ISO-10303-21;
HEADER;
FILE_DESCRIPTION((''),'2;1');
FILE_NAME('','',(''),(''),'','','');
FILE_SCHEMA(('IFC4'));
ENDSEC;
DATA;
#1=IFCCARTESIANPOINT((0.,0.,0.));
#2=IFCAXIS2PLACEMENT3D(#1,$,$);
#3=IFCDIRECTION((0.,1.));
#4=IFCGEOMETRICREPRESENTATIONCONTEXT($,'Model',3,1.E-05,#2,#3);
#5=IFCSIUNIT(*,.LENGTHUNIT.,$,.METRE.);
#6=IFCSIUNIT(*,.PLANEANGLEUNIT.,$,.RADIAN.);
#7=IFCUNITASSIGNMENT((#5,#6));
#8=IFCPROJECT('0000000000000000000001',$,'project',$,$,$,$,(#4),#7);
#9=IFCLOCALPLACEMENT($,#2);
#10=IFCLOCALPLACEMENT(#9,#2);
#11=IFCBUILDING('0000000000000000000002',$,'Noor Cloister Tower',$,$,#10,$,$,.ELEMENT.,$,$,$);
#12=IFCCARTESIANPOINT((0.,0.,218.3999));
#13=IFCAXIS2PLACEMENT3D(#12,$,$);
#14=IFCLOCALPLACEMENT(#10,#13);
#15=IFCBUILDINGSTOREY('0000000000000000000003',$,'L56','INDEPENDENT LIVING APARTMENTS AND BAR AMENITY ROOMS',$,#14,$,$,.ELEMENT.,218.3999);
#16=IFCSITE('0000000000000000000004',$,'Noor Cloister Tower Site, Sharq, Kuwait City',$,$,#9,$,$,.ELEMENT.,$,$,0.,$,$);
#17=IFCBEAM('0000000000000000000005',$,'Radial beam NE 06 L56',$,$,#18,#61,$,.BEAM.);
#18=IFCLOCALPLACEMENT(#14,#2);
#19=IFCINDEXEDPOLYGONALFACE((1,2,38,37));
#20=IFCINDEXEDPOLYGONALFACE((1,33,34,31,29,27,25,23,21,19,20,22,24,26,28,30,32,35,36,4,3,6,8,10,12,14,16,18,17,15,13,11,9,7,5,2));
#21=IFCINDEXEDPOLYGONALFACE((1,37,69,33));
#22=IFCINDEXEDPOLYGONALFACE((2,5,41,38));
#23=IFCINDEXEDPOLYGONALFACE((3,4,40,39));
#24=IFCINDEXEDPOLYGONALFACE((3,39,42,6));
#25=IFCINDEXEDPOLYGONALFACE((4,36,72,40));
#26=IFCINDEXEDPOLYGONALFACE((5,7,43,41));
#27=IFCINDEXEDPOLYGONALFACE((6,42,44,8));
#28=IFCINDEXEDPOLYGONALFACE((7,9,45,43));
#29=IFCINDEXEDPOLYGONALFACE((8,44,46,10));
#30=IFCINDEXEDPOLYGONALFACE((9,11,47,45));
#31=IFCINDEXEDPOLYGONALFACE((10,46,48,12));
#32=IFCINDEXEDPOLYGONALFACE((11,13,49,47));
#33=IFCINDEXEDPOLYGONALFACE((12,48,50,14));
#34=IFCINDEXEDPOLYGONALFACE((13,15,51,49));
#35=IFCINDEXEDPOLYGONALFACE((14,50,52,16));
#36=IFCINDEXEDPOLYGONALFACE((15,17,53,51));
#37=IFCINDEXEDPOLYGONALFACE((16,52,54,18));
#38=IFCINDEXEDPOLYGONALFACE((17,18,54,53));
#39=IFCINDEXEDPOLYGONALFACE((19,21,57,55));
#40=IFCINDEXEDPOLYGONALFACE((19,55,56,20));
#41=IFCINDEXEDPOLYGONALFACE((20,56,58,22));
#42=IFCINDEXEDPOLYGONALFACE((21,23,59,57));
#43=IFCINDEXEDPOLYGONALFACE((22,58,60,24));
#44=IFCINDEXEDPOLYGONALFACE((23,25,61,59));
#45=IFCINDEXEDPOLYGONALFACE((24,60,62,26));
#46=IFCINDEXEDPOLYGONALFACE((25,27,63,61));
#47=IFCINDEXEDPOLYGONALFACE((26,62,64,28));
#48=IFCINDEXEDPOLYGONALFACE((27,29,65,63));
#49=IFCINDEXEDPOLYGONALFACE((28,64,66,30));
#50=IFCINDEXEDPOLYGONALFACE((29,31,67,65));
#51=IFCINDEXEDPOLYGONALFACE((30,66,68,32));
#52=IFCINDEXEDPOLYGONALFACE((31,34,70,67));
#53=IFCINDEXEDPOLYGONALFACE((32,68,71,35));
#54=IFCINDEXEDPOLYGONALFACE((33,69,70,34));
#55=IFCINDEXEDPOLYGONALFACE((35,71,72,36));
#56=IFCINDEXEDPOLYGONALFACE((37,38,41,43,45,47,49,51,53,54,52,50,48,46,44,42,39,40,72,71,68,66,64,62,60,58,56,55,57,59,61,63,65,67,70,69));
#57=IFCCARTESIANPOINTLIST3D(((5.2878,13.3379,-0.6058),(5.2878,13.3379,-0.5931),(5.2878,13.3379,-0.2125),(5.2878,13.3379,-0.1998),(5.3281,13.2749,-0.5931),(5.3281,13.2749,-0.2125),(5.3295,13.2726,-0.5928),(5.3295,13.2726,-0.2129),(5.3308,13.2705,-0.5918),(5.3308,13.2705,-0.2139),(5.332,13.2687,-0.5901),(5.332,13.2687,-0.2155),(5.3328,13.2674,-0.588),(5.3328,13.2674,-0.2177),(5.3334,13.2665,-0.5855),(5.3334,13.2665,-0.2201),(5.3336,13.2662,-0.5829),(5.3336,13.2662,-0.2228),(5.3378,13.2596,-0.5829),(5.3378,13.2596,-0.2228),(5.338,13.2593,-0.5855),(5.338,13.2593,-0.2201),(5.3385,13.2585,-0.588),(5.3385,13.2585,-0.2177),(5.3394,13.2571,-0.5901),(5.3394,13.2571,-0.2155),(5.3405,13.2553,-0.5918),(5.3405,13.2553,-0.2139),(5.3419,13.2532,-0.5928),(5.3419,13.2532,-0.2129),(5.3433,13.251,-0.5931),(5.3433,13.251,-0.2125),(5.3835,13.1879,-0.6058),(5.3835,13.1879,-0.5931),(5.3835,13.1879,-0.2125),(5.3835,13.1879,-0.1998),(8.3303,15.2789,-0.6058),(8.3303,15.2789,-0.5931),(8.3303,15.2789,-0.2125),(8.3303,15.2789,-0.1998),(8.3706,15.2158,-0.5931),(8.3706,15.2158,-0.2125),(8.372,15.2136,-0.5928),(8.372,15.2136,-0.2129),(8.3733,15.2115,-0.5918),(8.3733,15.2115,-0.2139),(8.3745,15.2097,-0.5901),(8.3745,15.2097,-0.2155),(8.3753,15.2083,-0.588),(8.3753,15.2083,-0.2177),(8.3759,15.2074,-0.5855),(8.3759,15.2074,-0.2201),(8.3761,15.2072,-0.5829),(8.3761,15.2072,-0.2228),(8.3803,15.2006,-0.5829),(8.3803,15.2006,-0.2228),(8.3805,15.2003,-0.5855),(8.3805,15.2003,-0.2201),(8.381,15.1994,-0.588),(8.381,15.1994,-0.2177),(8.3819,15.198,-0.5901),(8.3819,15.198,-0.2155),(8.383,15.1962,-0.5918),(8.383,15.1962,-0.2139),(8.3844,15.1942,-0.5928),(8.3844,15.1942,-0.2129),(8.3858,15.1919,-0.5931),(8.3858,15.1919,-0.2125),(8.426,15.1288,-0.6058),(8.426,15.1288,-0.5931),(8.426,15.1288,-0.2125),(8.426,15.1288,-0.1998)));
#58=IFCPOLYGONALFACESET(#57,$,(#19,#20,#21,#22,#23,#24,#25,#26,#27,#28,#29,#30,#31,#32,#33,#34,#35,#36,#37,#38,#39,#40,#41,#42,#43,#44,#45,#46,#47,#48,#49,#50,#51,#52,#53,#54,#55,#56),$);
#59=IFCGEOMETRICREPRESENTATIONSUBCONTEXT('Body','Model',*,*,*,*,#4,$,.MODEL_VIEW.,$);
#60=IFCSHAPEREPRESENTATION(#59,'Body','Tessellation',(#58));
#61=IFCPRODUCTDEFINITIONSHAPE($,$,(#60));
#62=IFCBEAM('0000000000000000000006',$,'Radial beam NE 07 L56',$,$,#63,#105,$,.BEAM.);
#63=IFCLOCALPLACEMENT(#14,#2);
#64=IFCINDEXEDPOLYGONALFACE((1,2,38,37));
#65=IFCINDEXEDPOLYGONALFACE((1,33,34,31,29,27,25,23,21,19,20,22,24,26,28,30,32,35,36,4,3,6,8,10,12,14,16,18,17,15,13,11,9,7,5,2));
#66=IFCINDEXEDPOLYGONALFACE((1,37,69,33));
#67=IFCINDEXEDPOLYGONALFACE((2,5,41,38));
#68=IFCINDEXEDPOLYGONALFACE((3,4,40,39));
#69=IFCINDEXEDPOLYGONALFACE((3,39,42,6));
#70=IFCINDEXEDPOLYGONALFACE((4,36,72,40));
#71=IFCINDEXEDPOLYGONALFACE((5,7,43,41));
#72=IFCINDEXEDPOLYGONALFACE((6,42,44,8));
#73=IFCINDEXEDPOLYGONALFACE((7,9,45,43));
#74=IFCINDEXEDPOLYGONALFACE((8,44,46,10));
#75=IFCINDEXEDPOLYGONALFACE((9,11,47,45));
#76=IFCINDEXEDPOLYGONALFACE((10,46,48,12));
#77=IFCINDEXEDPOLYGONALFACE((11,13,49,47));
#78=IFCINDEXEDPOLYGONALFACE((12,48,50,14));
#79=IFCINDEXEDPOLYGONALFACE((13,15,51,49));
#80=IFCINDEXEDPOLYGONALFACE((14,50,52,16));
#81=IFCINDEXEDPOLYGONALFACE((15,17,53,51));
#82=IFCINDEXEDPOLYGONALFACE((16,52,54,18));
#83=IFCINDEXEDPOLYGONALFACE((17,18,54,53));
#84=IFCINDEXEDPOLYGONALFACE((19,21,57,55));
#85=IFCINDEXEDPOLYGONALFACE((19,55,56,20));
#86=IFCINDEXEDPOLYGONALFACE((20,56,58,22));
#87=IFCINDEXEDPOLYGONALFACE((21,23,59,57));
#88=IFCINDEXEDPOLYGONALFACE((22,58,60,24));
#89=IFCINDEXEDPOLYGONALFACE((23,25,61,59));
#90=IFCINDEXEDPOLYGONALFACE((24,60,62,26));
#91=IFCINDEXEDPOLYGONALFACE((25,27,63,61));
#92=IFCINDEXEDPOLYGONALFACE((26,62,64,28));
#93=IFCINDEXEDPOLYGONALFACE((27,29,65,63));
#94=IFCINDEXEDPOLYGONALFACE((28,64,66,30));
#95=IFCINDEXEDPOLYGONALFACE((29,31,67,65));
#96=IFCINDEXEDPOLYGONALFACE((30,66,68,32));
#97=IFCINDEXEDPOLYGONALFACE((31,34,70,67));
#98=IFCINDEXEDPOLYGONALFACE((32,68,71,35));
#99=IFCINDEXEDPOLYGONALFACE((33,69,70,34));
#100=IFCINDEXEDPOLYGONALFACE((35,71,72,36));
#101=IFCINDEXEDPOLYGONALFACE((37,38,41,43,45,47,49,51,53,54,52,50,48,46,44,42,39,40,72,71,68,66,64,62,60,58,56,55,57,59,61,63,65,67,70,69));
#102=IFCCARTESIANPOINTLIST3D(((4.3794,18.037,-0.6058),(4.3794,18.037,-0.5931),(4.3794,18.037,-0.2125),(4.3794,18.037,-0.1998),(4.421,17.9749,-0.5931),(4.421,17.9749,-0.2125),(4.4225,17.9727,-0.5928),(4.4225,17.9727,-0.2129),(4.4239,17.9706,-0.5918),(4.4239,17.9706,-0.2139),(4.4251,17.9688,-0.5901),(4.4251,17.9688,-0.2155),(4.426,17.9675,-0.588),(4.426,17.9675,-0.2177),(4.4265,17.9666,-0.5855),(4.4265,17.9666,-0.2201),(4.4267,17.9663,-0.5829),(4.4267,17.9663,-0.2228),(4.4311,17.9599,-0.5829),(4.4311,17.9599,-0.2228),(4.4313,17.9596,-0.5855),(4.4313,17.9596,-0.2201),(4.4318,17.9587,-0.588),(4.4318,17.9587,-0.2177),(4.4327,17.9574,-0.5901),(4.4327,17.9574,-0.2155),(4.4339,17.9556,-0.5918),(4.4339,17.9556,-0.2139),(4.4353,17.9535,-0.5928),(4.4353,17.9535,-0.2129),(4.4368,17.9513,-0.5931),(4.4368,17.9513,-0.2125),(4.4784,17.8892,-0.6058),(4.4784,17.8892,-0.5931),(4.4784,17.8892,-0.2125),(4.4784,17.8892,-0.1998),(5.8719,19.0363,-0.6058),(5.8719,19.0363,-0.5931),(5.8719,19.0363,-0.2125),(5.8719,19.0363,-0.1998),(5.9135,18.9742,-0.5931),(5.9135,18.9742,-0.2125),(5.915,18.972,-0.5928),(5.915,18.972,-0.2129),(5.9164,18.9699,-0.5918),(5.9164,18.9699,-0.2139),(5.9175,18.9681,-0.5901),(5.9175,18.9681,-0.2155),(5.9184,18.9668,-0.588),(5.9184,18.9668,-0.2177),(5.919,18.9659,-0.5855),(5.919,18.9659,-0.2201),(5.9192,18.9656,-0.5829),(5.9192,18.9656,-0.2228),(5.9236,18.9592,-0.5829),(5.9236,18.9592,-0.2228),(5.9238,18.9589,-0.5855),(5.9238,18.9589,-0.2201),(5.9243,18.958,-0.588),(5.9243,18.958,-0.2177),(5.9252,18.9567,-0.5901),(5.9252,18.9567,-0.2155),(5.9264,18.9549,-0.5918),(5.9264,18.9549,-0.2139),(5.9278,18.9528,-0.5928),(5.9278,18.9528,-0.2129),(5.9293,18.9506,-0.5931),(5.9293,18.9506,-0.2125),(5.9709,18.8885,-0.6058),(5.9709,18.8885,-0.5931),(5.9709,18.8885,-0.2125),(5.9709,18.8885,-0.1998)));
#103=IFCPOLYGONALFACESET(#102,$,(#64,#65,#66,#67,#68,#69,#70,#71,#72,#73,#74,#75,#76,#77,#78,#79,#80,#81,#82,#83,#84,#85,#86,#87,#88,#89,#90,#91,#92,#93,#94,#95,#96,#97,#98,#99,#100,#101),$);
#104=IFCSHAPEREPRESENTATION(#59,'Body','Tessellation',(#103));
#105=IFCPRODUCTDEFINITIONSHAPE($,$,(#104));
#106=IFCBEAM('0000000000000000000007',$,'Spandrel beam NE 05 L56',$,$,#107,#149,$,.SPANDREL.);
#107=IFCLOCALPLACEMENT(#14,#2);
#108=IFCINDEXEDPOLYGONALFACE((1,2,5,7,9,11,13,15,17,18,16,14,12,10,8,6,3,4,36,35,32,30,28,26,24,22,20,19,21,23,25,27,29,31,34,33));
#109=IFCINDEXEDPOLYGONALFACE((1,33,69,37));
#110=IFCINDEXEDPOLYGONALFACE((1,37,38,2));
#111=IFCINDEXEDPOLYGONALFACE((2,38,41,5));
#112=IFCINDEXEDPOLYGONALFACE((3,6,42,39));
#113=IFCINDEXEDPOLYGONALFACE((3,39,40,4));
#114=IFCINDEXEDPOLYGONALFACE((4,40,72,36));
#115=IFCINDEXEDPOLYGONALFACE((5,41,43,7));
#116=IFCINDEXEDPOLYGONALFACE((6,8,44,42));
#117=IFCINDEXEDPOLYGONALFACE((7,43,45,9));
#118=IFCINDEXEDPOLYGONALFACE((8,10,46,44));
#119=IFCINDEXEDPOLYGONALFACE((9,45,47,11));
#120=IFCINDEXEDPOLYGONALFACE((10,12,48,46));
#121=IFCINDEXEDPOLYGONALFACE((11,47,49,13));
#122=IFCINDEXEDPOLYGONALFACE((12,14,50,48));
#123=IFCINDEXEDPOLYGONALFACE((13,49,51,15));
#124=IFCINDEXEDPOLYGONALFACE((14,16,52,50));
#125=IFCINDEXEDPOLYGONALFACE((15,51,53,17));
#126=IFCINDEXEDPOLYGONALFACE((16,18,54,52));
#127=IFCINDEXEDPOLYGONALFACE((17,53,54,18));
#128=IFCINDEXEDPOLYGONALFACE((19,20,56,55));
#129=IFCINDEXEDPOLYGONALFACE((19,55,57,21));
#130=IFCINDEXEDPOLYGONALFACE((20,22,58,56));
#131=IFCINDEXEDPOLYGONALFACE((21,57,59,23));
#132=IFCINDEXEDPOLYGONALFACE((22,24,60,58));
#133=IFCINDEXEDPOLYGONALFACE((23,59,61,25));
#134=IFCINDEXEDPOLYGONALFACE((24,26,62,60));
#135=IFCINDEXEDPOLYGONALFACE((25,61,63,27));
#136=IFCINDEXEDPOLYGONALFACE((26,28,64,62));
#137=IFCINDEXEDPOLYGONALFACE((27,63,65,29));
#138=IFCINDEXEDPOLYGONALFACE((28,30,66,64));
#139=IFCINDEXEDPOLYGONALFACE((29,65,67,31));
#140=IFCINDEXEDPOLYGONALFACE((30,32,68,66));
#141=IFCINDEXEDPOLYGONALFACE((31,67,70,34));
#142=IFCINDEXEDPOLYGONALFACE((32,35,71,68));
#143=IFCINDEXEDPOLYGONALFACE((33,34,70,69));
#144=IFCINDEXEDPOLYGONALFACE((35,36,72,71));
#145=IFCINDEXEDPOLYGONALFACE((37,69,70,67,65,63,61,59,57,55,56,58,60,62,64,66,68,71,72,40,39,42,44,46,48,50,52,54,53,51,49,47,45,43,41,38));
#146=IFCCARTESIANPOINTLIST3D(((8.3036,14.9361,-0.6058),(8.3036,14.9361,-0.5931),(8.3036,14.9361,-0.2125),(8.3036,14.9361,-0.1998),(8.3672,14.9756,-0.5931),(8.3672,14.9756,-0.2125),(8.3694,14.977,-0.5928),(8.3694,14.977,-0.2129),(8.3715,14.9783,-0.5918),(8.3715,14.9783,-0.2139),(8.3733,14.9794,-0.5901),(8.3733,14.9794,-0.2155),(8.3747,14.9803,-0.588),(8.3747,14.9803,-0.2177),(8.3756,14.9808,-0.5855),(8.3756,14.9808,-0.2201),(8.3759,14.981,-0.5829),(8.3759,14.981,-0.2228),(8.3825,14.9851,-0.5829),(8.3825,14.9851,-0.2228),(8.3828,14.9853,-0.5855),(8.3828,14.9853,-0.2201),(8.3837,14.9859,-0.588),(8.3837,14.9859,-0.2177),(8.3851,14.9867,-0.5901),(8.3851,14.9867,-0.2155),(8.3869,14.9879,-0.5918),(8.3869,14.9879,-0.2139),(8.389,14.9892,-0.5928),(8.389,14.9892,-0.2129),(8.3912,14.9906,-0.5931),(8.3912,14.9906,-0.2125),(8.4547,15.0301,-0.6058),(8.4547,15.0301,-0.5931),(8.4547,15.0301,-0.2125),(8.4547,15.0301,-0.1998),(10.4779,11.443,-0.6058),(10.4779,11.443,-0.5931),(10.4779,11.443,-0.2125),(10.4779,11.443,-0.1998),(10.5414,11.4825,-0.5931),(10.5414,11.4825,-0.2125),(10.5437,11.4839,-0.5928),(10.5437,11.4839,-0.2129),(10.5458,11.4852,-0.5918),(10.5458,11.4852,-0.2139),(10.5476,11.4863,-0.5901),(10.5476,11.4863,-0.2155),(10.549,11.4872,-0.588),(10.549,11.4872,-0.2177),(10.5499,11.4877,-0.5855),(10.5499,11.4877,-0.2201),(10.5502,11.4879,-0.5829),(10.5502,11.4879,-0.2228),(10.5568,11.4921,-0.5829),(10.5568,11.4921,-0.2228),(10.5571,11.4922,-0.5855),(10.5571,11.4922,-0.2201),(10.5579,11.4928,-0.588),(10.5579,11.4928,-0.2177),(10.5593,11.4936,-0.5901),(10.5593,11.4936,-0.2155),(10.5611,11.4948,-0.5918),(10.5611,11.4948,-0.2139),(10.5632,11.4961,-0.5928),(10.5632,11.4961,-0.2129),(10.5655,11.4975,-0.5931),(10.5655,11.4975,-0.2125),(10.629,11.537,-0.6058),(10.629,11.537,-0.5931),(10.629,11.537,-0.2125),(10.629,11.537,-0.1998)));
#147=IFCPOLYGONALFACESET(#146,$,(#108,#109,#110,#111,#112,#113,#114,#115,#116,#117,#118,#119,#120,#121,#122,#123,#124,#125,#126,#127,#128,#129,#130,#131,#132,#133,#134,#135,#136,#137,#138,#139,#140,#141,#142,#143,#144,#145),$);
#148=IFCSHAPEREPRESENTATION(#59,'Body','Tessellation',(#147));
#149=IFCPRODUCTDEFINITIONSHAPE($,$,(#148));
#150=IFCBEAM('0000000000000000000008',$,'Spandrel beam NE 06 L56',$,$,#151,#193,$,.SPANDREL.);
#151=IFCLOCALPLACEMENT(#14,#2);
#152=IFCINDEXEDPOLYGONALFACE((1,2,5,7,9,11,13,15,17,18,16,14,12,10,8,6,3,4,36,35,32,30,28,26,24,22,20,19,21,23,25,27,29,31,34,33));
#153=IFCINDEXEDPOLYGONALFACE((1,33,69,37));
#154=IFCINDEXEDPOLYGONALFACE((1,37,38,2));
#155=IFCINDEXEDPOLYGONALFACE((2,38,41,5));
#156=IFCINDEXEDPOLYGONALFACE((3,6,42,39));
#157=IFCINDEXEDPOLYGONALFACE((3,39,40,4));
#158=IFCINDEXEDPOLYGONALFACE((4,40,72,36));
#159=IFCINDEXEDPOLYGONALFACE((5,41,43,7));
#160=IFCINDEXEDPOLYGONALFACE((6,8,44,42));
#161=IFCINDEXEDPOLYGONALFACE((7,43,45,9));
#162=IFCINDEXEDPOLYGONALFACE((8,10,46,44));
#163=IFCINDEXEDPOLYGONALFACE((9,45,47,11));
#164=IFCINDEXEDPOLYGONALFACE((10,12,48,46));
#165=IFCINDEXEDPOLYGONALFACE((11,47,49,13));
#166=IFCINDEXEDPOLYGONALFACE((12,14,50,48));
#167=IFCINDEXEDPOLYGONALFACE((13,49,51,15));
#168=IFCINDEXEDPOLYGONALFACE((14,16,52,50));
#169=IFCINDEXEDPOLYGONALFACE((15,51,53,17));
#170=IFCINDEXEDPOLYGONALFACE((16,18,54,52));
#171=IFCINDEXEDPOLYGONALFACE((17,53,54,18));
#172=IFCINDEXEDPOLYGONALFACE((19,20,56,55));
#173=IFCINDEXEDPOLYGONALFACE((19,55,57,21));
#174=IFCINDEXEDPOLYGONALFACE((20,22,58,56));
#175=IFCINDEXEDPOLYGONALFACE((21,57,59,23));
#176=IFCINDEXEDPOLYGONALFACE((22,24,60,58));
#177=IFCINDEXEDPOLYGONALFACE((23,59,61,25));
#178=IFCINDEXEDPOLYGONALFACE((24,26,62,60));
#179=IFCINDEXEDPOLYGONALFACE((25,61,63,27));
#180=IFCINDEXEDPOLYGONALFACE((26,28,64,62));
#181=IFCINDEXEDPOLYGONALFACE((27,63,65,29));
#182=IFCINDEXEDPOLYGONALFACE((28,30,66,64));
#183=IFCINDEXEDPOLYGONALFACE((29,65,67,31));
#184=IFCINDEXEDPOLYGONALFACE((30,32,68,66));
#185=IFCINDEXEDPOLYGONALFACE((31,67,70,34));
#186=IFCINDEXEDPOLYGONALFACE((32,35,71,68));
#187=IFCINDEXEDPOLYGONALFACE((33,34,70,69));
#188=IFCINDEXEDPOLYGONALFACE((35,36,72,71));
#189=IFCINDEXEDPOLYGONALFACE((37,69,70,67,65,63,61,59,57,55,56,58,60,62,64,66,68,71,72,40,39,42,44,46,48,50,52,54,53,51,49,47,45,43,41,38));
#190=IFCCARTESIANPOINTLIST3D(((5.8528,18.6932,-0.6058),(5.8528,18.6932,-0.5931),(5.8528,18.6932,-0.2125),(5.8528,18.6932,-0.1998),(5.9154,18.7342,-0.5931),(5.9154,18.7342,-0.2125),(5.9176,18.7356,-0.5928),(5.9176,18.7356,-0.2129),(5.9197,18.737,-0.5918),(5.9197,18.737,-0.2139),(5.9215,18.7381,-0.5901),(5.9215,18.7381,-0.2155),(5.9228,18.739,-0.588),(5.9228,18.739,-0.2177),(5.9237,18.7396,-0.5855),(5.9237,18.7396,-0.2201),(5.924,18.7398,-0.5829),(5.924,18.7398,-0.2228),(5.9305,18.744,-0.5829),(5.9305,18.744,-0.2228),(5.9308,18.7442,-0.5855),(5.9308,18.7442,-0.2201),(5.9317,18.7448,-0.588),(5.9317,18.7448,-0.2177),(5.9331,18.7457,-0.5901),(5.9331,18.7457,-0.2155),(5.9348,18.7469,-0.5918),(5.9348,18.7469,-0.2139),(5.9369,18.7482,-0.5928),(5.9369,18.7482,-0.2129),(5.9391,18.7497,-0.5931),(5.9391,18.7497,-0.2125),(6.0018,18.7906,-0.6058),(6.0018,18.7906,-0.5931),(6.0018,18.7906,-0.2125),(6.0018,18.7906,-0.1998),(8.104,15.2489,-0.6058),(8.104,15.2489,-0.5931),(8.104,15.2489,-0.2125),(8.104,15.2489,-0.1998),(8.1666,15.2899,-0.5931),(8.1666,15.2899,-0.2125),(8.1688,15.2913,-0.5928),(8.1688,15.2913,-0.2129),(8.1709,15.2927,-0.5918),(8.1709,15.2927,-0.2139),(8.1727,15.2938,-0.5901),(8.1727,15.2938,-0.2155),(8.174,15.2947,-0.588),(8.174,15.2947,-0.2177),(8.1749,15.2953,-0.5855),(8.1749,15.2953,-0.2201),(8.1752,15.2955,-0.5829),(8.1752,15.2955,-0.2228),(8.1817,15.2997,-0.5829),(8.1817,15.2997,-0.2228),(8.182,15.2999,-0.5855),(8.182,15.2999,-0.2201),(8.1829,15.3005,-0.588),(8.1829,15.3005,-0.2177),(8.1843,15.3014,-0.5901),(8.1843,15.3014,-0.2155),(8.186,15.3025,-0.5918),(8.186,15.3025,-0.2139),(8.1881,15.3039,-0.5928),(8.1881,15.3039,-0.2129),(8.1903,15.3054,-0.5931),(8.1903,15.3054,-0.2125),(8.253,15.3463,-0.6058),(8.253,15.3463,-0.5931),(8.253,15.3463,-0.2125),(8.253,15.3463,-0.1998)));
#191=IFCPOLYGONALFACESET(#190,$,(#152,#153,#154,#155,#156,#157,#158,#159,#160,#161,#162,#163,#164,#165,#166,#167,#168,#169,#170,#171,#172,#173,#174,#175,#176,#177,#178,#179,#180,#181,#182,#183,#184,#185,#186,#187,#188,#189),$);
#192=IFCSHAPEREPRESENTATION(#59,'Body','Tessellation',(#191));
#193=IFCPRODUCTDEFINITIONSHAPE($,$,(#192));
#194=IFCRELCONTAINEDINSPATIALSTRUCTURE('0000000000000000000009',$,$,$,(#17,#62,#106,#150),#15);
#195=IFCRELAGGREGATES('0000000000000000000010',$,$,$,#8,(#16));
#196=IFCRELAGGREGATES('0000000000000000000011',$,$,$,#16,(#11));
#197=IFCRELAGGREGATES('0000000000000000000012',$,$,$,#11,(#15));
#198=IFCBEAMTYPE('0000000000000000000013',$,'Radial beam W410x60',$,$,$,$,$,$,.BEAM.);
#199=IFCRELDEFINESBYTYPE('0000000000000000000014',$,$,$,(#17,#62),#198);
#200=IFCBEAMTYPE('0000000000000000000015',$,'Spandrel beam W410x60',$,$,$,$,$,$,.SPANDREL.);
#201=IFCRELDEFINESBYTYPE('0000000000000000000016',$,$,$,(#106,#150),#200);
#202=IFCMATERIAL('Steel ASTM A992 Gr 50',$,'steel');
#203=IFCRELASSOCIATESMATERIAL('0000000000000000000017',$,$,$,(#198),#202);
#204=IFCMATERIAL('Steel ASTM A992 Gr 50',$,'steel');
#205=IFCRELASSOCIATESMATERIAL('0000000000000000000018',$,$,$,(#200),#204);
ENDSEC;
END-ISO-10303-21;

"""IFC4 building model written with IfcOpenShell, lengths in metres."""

from ifc_helpers import new_model, si_unit, direction, frame, origin, origin_2d, place, context, subcontext, project, spatial, i_section, extrude, material, material_profile, profile_set, type_object, element, save


model = new_model("IFC4")

# Units and contexts
model_context = context("Model", 3, precision=1e-05, world=origin(), true_north=direction((0.0, 1.0)))
body_context = subcontext(model_context, "Body", "Model", "MODEL_VIEW")
ifc_project = project(units=[si_unit("LENGTHUNIT", "METRE"), si_unit("PLANEANGLEUNIT", "RADIAN")], contexts=[model_context])

# Site, building, storey
site_placement = place(None, origin())
site = spatial("IfcSite", under=ifc_project, at=site_placement, Name="Noor Cloister Tower Site, Sharq, Kuwait City", CompositionType="ELEMENT", RefElevation=0.0)
building_placement = place(site_placement, origin())
building = spatial("IfcBuilding", under=site, at=building_placement, Name="Noor Cloister Tower", CompositionType="ELEMENT")
storey_placement = place(building_placement, frame((0.0, 0.0, 218.3999)))
storey = spatial("IfcBuildingStorey", under=building, at=storey_placement, Name="L56", Description="INDEPENDENT LIVING APARTMENTS AND BAR AMENITY ROOMS", CompositionType="ELEMENT", Elevation=218.3999)

# Beams
ifc_material_1 = material(Name="Steel ASTM A992 Gr 50", Category="steel")
ifc_material_profile_1 = material_profile(ifc_material_1, i_section(OverallWidth=0.178, OverallDepth=0.406, WebThickness=0.0078, FlangeThickness=0.0127, FilletRadius=0.0103, at=origin_2d()), Name="W410x60")
ifc_profile_set_1 = profile_set([ifc_material_profile_1], Name="Steel ASTM A992 Gr 50")
beam_type_1 = type_object("IfcBeamType", Name="Radial beam W410x60", PredefinedType="BEAM", material=ifc_profile_set_1)
beam_1_placement = place(storey_placement, frame((8.3782, 15.2039, -0.4028), z_axis=(-0.843059, -0.537821, 0.0), x_axis=(0.537821, -0.843059, 0.0)))
element("IfcBeam", 1, at=beam_1_placement, inside=storey, type_object=beam_type_1, Name="Radial beam NE 06 L56", PredefinedType="BEAM", context=body_context, shape_type="SweptSolid", body=[
    extrude(i_section(OverallWidth=0.178, OverallDepth=0.406, WebThickness=0.0078, FlangeThickness=0.0127, FilletRadius=0.0103, at=origin_2d()), origin(), (0.0, 0.0, 1.0), 3.6089),
])
beam_2_placement = place(storey_placement, frame((5.9214, 18.9624, -0.4028), z_axis=(-0.83094, -0.556362, 0.0), x_axis=(0.556362, -0.83094, 0.0)))
element("IfcBeam", 2, at=beam_2_placement, inside=storey, type_object=beam_type_1, Name="Radial beam NE 07 L56", PredefinedType="BEAM", context=body_context, shape_type="SweptSolid", body=[
    extrude(i_section(OverallWidth=0.178, OverallDepth=0.406, WebThickness=0.0078, FlangeThickness=0.0127, FilletRadius=0.0103, at=origin_2d()), origin(), (0.0, 0.0, 1.0), 1.7961),
])
ifc_material_2 = material(Name="Steel ASTM A992 Gr 50", Category="steel")
ifc_material_profile_2 = material_profile(ifc_material_2, i_section(OverallWidth=0.178, OverallDepth=0.406, WebThickness=0.0078, FlangeThickness=0.0127, FilletRadius=0.0103, at=origin_2d()), Name="W410x60")
ifc_profile_set_2 = profile_set([ifc_material_profile_2], Name="Steel ASTM A992 Gr 50")
beam_type_2 = type_object("IfcBeamType", Name="Spandrel beam W410x60", PredefinedType="SPANDREL", material=ifc_profile_set_2)
beam_3_placement = place(storey_placement, frame((10.5535, 11.49, -0.4028), z_axis=(-0.528441, 0.84897, 0.0), x_axis=(-0.84897, -0.528441, 0.0)))
element("IfcBeam", 3, at=beam_3_placement, inside=storey, type_object=beam_type_2, Name="Spandrel beam NE 05 L56", PredefinedType="SPANDREL", context=body_context, shape_type="SweptSolid", body=[
    extrude(i_section(OverallWidth=0.178, OverallDepth=0.406, WebThickness=0.0078, FlangeThickness=0.0127, FilletRadius=0.0103, at=origin_2d()), origin(), (0.0, 0.0, 1.0), 4.1145),
])
beam_4_placement = place(storey_placement, frame((8.1785, 15.2976, -0.4028), z_axis=(-0.547105, 0.837064, 0.0), x_axis=(-0.837064, -0.547105, 0.0)))
element("IfcBeam", 4, at=beam_4_placement, inside=storey, type_object=beam_type_2, Name="Spandrel beam NE 06 L56", PredefinedType="SPANDREL", context=body_context, shape_type="SweptSolid", body=[
    extrude(i_section(OverallWidth=0.178, OverallDepth=0.406, WebThickness=0.0078, FlangeThickness=0.0127, FilletRadius=0.0103, at=origin_2d()), origin(), (0.0, 0.0, 1.0), 4.1147),
])

save(model, "model.ifc")
